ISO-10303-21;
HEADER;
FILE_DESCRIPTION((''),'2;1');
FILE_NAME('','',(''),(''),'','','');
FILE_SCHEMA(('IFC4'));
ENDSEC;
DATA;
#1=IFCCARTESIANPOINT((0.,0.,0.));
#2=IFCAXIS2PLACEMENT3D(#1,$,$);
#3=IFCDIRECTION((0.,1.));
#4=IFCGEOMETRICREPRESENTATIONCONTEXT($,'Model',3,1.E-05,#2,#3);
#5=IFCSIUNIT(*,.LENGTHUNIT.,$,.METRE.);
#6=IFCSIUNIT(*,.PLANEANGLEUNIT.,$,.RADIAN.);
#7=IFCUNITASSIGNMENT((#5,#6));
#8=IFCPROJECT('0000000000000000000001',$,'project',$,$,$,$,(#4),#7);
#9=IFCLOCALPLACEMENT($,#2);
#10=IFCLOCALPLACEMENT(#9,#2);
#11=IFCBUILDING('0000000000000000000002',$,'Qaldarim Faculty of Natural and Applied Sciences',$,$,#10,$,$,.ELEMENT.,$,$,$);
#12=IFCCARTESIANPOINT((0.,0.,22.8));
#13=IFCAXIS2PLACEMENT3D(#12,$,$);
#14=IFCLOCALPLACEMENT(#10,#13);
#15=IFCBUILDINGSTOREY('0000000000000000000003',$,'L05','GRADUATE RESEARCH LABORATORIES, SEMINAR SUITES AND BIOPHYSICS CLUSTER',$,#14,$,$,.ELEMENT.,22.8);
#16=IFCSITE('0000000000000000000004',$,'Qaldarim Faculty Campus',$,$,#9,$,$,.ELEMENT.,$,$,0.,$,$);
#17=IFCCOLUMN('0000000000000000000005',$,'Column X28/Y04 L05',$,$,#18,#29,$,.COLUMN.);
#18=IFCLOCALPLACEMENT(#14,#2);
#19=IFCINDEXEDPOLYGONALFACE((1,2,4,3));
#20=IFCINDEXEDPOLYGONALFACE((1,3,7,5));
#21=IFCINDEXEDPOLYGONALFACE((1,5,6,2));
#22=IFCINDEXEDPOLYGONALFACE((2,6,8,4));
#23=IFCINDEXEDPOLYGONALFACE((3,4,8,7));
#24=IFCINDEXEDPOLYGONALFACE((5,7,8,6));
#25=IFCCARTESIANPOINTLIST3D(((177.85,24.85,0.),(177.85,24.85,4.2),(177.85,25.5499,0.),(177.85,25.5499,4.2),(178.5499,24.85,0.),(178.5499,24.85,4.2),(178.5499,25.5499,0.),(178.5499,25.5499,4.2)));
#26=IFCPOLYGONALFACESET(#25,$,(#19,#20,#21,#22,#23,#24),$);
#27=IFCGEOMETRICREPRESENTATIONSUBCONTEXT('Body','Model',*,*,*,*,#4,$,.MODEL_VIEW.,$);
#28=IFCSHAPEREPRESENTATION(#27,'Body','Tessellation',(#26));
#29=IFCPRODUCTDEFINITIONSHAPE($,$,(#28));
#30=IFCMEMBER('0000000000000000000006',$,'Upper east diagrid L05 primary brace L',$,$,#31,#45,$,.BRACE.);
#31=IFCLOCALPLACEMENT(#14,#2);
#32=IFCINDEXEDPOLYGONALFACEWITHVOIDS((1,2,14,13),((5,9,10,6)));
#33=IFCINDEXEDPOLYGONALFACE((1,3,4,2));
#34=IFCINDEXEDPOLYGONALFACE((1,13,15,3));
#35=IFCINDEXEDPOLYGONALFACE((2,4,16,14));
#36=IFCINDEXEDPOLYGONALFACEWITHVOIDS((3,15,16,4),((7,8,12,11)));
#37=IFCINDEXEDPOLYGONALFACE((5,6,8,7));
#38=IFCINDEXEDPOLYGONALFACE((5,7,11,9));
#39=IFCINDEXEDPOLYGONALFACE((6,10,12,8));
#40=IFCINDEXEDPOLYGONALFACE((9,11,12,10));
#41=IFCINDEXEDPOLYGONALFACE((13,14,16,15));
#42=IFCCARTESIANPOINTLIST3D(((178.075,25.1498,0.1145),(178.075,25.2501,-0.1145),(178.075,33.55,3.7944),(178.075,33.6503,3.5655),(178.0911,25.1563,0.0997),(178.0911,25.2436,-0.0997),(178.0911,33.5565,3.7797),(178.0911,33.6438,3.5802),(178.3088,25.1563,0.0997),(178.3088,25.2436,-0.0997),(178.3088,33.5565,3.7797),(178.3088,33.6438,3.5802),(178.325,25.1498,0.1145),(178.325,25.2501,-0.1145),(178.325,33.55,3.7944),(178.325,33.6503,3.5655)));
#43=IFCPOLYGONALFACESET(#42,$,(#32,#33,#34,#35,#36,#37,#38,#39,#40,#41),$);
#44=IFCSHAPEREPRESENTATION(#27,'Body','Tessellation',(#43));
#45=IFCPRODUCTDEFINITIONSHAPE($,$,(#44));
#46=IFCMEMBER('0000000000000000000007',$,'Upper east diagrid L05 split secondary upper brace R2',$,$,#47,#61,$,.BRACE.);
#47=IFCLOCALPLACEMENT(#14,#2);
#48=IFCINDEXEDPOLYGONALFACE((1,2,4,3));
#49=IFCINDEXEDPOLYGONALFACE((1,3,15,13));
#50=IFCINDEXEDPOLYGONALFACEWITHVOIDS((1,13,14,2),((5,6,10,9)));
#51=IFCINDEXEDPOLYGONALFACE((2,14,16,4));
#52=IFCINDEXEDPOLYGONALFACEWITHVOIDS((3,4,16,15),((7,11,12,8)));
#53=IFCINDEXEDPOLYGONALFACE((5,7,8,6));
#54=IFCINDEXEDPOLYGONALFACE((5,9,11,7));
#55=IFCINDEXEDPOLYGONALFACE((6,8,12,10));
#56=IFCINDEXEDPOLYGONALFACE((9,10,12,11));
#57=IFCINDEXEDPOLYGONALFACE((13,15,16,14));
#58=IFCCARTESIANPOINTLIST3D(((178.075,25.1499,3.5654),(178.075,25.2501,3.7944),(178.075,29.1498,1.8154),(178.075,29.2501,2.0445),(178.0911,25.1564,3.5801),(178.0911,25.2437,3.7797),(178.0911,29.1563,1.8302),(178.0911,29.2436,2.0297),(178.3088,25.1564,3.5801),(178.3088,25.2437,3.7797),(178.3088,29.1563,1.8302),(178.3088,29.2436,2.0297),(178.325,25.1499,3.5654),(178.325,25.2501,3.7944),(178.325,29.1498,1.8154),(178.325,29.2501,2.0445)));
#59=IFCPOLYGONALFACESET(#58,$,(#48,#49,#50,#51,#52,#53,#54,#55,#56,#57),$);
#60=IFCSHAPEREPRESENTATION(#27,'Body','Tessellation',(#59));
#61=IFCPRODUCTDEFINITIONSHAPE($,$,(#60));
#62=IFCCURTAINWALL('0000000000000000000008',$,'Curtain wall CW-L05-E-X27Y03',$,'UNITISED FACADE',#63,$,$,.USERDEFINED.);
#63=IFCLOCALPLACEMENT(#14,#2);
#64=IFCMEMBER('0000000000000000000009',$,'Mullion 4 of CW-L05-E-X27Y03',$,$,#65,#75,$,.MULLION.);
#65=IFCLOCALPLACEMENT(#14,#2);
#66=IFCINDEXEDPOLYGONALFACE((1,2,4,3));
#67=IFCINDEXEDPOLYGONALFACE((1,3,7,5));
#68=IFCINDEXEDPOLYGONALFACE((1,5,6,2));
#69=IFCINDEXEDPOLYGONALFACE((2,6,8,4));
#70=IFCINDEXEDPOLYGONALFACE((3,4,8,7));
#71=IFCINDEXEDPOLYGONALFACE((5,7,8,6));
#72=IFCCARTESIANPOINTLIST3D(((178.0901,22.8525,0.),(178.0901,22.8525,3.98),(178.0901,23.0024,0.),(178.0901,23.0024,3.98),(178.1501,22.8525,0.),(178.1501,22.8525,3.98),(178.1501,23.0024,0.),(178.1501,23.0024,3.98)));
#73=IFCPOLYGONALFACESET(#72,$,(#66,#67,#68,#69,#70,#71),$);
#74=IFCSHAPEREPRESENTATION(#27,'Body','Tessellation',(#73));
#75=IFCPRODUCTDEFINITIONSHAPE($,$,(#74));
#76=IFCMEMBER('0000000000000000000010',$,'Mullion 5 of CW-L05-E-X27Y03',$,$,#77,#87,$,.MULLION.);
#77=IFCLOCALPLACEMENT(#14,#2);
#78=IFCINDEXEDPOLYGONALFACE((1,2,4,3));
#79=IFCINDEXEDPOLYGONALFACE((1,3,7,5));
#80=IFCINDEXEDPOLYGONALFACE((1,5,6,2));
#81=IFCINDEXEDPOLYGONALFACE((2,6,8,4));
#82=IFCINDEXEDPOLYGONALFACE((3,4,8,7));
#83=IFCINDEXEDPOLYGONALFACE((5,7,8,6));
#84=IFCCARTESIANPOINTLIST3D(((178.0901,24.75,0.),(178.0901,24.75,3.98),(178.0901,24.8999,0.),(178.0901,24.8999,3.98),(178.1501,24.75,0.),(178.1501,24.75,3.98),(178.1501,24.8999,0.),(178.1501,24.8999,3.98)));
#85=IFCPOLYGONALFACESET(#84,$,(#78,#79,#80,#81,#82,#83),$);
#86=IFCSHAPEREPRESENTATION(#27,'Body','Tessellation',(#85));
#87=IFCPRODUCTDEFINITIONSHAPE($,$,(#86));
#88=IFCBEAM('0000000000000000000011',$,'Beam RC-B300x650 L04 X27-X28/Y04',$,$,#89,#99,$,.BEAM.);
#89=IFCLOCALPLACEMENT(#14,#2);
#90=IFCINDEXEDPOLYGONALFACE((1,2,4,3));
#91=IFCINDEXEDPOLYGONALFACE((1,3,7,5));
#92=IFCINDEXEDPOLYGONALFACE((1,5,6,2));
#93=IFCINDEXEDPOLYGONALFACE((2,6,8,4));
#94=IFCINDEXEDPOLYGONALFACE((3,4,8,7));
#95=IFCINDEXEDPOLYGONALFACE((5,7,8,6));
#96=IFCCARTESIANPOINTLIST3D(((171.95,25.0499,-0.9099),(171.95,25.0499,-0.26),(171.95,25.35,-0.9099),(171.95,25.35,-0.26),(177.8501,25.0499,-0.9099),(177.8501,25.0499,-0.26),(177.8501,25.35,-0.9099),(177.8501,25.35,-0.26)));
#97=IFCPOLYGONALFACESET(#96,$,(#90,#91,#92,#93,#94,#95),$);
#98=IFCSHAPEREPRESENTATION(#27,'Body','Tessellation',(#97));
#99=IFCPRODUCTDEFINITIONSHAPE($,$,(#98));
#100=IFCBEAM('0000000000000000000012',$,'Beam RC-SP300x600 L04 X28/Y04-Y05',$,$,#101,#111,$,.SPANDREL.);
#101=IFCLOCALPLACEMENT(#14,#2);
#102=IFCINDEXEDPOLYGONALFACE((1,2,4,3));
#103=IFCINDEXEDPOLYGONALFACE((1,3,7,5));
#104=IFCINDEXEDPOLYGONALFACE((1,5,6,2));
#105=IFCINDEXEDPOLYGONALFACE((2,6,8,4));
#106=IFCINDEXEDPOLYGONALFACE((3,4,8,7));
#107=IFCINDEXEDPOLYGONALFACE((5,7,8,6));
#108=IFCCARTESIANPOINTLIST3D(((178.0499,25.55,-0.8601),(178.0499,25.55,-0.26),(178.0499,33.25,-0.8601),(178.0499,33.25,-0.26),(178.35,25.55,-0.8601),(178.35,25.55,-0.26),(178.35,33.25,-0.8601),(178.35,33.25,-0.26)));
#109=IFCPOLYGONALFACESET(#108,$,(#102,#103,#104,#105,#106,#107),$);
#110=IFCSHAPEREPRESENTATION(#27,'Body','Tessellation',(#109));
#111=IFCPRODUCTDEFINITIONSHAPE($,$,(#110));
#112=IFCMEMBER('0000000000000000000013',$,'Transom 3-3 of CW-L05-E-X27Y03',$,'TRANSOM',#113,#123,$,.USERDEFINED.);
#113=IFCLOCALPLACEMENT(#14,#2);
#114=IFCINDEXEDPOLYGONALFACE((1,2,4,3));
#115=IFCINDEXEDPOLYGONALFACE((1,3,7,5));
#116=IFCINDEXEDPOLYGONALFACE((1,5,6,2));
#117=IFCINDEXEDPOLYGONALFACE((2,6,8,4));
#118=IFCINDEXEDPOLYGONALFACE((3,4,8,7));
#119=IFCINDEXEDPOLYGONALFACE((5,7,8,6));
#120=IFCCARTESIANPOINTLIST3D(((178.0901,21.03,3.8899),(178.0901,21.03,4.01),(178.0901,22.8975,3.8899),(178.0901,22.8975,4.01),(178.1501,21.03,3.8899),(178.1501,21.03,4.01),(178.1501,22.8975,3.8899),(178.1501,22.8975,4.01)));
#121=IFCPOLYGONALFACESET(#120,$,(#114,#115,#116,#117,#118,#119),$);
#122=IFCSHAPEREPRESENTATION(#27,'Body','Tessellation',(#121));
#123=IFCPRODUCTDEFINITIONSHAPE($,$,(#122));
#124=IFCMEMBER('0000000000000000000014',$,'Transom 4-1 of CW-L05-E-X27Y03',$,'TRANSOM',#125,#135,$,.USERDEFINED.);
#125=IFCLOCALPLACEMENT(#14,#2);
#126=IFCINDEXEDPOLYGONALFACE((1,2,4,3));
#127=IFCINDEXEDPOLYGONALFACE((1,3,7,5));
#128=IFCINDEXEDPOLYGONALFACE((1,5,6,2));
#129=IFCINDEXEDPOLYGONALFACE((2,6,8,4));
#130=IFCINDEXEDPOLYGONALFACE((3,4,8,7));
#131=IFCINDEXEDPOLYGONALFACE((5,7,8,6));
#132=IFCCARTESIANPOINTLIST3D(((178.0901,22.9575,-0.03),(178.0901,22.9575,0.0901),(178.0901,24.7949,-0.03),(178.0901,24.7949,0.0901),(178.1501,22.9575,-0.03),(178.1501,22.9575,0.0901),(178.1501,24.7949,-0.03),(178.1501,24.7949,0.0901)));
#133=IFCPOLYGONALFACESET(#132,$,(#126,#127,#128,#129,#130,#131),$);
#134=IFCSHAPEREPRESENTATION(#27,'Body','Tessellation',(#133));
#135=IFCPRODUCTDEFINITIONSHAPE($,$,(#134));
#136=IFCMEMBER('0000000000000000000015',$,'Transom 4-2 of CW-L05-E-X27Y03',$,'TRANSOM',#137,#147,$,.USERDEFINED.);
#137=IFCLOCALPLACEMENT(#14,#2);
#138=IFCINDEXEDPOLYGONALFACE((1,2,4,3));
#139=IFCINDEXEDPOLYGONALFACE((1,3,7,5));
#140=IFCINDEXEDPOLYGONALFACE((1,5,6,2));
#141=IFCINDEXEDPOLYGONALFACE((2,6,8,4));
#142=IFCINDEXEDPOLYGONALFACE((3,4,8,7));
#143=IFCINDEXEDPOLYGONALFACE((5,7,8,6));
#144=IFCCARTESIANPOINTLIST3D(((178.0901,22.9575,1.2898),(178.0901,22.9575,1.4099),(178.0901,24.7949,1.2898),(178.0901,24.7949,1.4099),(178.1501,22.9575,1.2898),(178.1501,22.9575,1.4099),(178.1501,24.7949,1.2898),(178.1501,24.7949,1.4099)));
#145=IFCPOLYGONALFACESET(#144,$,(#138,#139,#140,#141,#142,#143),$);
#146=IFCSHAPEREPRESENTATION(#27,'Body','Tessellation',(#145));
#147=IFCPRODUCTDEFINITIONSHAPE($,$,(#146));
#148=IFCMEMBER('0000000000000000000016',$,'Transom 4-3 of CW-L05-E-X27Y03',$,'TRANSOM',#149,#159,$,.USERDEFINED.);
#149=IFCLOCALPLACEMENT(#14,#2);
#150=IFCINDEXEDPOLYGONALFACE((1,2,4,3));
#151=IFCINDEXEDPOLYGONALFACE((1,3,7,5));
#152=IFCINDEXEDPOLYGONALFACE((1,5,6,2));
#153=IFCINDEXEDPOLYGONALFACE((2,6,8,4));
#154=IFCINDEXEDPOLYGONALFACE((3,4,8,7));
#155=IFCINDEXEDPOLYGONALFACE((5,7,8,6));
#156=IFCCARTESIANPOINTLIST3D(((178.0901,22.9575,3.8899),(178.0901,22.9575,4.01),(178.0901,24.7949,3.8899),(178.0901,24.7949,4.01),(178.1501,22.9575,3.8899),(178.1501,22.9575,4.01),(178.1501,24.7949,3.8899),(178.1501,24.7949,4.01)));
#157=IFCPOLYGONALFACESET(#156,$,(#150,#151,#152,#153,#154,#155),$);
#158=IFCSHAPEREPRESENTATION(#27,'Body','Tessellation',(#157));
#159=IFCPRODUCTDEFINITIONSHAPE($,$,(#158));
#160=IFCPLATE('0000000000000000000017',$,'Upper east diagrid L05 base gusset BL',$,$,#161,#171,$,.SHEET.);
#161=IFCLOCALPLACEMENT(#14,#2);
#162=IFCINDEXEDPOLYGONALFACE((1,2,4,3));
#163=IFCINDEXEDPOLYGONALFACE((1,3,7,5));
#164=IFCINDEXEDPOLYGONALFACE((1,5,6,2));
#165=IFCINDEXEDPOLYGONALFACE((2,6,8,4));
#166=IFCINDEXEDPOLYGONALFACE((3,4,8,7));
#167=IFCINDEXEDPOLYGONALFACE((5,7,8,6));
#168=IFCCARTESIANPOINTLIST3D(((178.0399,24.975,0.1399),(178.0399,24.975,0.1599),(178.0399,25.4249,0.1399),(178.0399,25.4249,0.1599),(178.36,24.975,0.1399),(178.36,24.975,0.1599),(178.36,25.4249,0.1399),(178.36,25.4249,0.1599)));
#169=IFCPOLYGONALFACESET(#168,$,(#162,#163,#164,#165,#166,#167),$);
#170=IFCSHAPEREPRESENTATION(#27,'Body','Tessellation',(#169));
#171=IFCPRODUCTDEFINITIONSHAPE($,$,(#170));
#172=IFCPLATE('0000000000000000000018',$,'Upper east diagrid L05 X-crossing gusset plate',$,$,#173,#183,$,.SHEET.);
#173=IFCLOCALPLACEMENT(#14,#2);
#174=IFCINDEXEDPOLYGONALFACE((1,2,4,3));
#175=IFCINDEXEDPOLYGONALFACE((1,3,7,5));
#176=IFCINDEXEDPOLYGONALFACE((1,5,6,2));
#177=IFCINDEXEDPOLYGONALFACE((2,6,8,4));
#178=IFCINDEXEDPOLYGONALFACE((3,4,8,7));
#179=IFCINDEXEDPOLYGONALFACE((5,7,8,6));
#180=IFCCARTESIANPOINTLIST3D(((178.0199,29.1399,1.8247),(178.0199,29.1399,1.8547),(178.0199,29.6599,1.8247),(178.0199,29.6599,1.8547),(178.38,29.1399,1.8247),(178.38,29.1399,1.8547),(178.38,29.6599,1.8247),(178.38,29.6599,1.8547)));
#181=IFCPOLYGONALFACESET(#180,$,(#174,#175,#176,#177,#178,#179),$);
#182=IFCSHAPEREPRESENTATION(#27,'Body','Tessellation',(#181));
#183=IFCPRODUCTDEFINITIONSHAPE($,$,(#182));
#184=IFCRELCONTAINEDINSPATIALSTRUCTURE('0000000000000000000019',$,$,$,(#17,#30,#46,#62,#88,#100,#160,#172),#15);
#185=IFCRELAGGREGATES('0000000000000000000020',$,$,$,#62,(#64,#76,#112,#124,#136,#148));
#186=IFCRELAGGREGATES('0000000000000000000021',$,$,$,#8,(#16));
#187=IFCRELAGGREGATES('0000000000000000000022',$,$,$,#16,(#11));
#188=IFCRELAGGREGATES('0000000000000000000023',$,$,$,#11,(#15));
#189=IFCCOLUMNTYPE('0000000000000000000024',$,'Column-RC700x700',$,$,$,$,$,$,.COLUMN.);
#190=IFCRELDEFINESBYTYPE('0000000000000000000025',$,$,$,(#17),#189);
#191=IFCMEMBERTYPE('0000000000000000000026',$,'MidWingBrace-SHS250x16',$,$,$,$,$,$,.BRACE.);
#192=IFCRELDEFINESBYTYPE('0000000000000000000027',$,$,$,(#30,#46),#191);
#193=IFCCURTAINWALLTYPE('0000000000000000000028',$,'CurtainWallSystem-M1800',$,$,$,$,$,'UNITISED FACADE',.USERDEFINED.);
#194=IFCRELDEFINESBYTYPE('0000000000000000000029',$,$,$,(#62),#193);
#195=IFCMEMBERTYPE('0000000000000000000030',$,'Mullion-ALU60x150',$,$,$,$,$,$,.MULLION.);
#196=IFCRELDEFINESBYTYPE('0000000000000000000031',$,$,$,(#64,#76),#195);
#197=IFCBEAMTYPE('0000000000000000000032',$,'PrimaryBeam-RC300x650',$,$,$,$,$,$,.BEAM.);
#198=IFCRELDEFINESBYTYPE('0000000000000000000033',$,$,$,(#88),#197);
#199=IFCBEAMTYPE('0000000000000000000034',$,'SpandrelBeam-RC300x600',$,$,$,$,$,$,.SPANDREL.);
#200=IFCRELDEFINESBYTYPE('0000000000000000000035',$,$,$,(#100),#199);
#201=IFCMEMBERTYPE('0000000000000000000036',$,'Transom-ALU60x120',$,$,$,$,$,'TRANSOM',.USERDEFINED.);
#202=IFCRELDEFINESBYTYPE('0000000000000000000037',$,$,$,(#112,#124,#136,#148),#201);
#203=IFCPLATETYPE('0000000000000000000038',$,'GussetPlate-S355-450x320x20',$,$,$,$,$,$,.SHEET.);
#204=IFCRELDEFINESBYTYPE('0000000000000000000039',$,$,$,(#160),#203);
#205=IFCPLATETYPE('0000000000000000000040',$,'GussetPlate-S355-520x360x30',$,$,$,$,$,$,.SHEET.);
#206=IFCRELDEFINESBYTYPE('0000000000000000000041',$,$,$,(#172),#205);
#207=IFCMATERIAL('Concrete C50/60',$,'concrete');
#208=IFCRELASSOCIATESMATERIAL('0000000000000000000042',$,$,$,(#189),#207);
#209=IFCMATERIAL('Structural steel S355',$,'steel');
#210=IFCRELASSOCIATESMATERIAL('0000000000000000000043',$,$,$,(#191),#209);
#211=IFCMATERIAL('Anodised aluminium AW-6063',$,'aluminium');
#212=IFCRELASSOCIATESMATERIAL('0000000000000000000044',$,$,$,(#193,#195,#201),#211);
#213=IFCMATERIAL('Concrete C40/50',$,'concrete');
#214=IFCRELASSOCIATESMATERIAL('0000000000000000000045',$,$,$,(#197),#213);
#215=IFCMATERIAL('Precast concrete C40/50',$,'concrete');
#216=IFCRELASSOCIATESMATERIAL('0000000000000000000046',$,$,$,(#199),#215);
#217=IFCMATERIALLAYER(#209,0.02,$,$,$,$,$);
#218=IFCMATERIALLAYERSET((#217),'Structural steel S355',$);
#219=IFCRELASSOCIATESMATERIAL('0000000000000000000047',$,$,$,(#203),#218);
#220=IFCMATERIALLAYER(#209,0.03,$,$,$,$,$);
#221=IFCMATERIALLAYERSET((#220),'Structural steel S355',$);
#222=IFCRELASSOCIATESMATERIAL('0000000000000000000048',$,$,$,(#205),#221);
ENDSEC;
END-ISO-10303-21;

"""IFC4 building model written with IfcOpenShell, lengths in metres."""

from ifc_helpers import new_model, si_unit, direction, frame, origin, origin_2d, place, context, subcontext, project, spatial, rectangle, hollow_rectangle, extrude, material, layer, layer_set, material_profile, profile_set, type_object, element, aggregate, save


model = new_model("IFC4")

# Units and contexts
model_context = context("Model", 3, precision=1e-05, world=origin(), true_north=direction((0.0, 1.0)))
body_context = subcontext(model_context, "Body", "Model", "MODEL_VIEW")
ifc_project = project(units=[si_unit("LENGTHUNIT", "METRE"), si_unit("PLANEANGLEUNIT", "RADIAN")], contexts=[model_context])

# Site, building, storey
site_placement = place(None, origin())
site = spatial("IfcSite", under=ifc_project, at=site_placement, Name="Qaldarim Faculty Campus", CompositionType="ELEMENT", RefElevation=0.0)
building_placement = place(site_placement, origin())
building = spatial("IfcBuilding", under=site, at=building_placement, Name="Qaldarim Faculty of Natural and Applied Sciences", CompositionType="ELEMENT")
storey_placement = place(building_placement, frame((0.0, 0.0, 22.8)))
storey = spatial("IfcBuildingStorey", under=building, at=storey_placement, Name="L05", Description="GRADUATE RESEARCH LABORATORIES, SEMINAR SUITES AND BIOPHYSICS CLUSTER", CompositionType="ELEMENT", Elevation=22.8)

# Column
ifc_material_1 = material(Name="Concrete C50/60", Category="concrete")
ifc_material_profile_1 = material_profile(ifc_material_1, rectangle(XDim=0.7, YDim=0.7, at=origin_2d()), Name="RC-C700x700")
ifc_profile_set_1 = profile_set([ifc_material_profile_1], Name="Concrete C50/60")
column_type = type_object("IfcColumnType", Name="Column-RC700x700", PredefinedType="COLUMN", material=ifc_profile_set_1)
column_placement = place(storey_placement, frame((178.2, 25.2, 0.0), z_axis=(0.0, 0.0, 1.0), x_axis=(1.0, 0.0, 0.0)))
element("IfcColumn", 1, at=column_placement, inside=storey, type_object=column_type, Name="Column X28/Y04 L05", PredefinedType="COLUMN", context=body_context, shape_type="SweptSolid", body=[
    extrude(rectangle(XDim=0.7, YDim=0.7, at=origin_2d()), origin(), (0.0, 0.0, 1.0), 4.2),
])

# Members
ifc_material_2 = material(Name="Structural steel S355", Category="steel")
ifc_material_profile_2 = material_profile(ifc_material_2, hollow_rectangle(XDim=0.25, YDim=0.25, WallThickness=0.0161, at=origin_2d()), Name="SHS 250x250x16.0")
ifc_profile_set_2 = profile_set([ifc_material_profile_2], Name="Structural steel S355")
member_type_1 = type_object("IfcMemberType", Name="MidWingBrace-SHS250x16", PredefinedType="BRACE", material=ifc_profile_set_2)
member_1_placement = place(storey_placement, frame((178.2, 25.2, 0.0), z_axis=(0.0, 0.915962, 0.401264), x_axis=(-1.0, 0.0, 0.0)))
element("IfcMember", 2, at=member_1_placement, inside=storey, type_object=member_type_1, Name="Upper east diagrid L05 primary brace L", PredefinedType="BRACE", context=body_context, shape_type="SweptSolid", body=[
    extrude(hollow_rectangle(XDim=0.25, YDim=0.25, WallThickness=0.0161, at=origin_2d()), origin(), (0.0, 0.0, 1.0), 9.1709),
])
member_2_placement = place(storey_placement, frame((178.2, 29.2, 1.9299), z_axis=(0.0, -0.916157, 0.400819), x_axis=(1.0, 0.0, 0.0)))
element("IfcMember", 3, at=member_2_placement, inside=storey, type_object=member_type_1, Name="Upper east diagrid L05 split secondary upper brace R2", PredefinedType="BRACE", context=body_context, shape_type="SweptSolid", body=[
    extrude(hollow_rectangle(XDim=0.25, YDim=0.25, WallThickness=0.0161, at=origin_2d()), origin(), (0.0, 0.0, 1.0), 4.366),
])

# Curtain wall, members
ifc_material_3 = material(Name="Anodised aluminium AW-6063", Category="aluminium")
curtain_wall_type = type_object("IfcCurtainWallType", Name="CurtainWallSystem-M1800", ElementType="UNITISED FACADE", PredefinedType="USERDEFINED", material=ifc_material_3)
curtain_wall_placement = place(storey_placement, origin())
curtain_wall = element("IfcCurtainWall", 4, at=curtain_wall_placement, inside=storey, type_object=curtain_wall_type, Name="Curtain wall CW-L05-E-X27Y03", ObjectType="UNITISED FACADE", PredefinedType="USERDEFINED")
ifc_material_profile_3 = material_profile(ifc_material_3, rectangle(XDim=0.0601, YDim=0.1499, at=origin_2d()), Name="ALU-M60x150")
ifc_profile_set_3 = profile_set([ifc_material_profile_3], Name="Anodised aluminium AW-6063")
member_type_2 = type_object("IfcMemberType", Name="Mullion-ALU60x150", PredefinedType="MULLION", material=ifc_profile_set_3)
member_3_placement = place(storey_placement, frame((178.1201, 22.9275, 0.0), z_axis=(0.0, 0.0, 1.0), x_axis=(-1.0, 0.0, 0.0)))
member_3 = element("IfcMember", 5, at=member_3_placement, type_object=member_type_2, Name="Mullion 4 of CW-L05-E-X27Y03", PredefinedType="MULLION", context=body_context, shape_type="SweptSolid", body=[
    extrude(rectangle(XDim=0.0601, YDim=0.1499, at=origin_2d()), origin(), (0.0, 0.0, 1.0), 3.98),
])
member_4_placement = place(storey_placement, frame((178.1201, 24.825, 0.0), z_axis=(0.0, 0.0, 1.0), x_axis=(-1.0, 0.0, 0.0)))
member_4 = element("IfcMember", 6, at=member_4_placement, type_object=member_type_2, Name="Mullion 5 of CW-L05-E-X27Y03", PredefinedType="MULLION", context=body_context, shape_type="SweptSolid", body=[
    extrude(rectangle(XDim=0.0601, YDim=0.1499, at=origin_2d()), origin(), (0.0, 0.0, 1.0), 3.98),
])

# Beams
ifc_material_4 = material(Name="Concrete C40/50", Category="concrete")
ifc_material_profile_4 = material_profile(ifc_material_4, rectangle(XDim=0.3, YDim=0.6499, at=origin_2d()), Name="RC-B300x650")
ifc_profile_set_4 = profile_set([ifc_material_profile_4], Name="Concrete C40/50")
beam_type_1 = type_object("IfcBeamType", Name="PrimaryBeam-RC300x650", PredefinedType="BEAM", material=ifc_profile_set_4)
beam_1_placement = place(storey_placement, frame((171.95, 25.2, -0.585), z_axis=(1.0, 0.0, 0.0), x_axis=(0.0, 1.0, 0.0)))
element("IfcBeam", 7, at=beam_1_placement, inside=storey, type_object=beam_type_1, Name="Beam RC-B300x650 L04 X27-X28/Y04", PredefinedType="BEAM", context=body_context, shape_type="SweptSolid", body=[
    extrude(rectangle(XDim=0.3, YDim=0.6499, at=origin_2d()), origin(), (0.0, 0.0, 1.0), 5.9001),
])
ifc_material_5 = material(Name="Precast concrete C40/50", Category="concrete")
ifc_material_profile_5 = material_profile(ifc_material_5, rectangle(XDim=0.3, YDim=0.6001, at=origin_2d()), Name="RC-SP300x600")
ifc_profile_set_5 = profile_set([ifc_material_profile_5], Name="Precast concrete C40/50")
beam_type_2 = type_object("IfcBeamType", Name="SpandrelBeam-RC300x600", PredefinedType="SPANDREL", material=ifc_profile_set_5)
beam_2_placement = place(storey_placement, frame((178.2, 25.55, -0.5601), z_axis=(0.0, 1.0, 0.0), x_axis=(-1.0, 0.0, 0.0)))
element("IfcBeam", 8, at=beam_2_placement, inside=storey, type_object=beam_type_2, Name="Beam RC-SP300x600 L04 X28/Y04-Y05", PredefinedType="SPANDREL", context=body_context, shape_type="SweptSolid", body=[
    extrude(rectangle(XDim=0.3, YDim=0.6001, at=origin_2d()), origin(), (0.0, 0.0, 1.0), 7.7),
])

# Members
ifc_material_profile_6 = material_profile(ifc_material_3, rectangle(XDim=0.0601, YDim=0.1201, at=origin_2d()), Name="ALU-T60x120")
ifc_profile_set_6 = profile_set([ifc_material_profile_6], Name="Anodised aluminium AW-6063")
member_type_3 = type_object("IfcMemberType", Name="Transom-ALU60x120", ElementType="TRANSOM", PredefinedType="USERDEFINED", material=ifc_profile_set_6)
member_5_placement = place(storey_placement, frame((178.1201, 21.03, 3.95), z_axis=(0.0, 1.0, 0.0), x_axis=(-1.0, 0.0, 0.0)))
member_5 = element("IfcMember", 9, at=member_5_placement, type_object=member_type_3, Name="Transom 3-3 of CW-L05-E-X27Y03", ObjectType="TRANSOM", PredefinedType="USERDEFINED", context=body_context, shape_type="SweptSolid", body=[
    extrude(rectangle(XDim=0.0601, YDim=0.1201, at=origin_2d()), origin(), (0.0, 0.0, 1.0), 1.8674),
])
member_6_placement = place(storey_placement, frame((178.1201, 22.9575, 0.03), z_axis=(0.0, 1.0, 0.0), x_axis=(-1.0, 0.0, 0.0)))
member_6 = element("IfcMember", 10, at=member_6_placement, type_object=member_type_3, Name="Transom 4-1 of CW-L05-E-X27Y03", ObjectType="TRANSOM", PredefinedType="USERDEFINED", context=body_context, shape_type="SweptSolid", body=[
    extrude(rectangle(XDim=0.0601, YDim=0.1201, at=origin_2d()), origin(), (0.0, 0.0, 1.0), 1.8374),
])
member_7_placement = place(storey_placement, frame((178.1201, 22.9575, 1.3499), z_axis=(0.0, 1.0, 0.0), x_axis=(-1.0, 0.0, 0.0)))
member_7 = element("IfcMember", 11, at=member_7_placement, type_object=member_type_3, Name="Transom 4-2 of CW-L05-E-X27Y03", ObjectType="TRANSOM", PredefinedType="USERDEFINED", context=body_context, shape_type="SweptSolid", body=[
    extrude(rectangle(XDim=0.0601, YDim=0.1201, at=origin_2d()), origin(), (0.0, 0.0, 1.0), 1.8374),
])
member_8_placement = place(storey_placement, frame((178.1201, 22.9575, 3.95), z_axis=(0.0, 1.0, 0.0), x_axis=(-1.0, 0.0, 0.0)))
member_8 = element("IfcMember", 12, at=member_8_placement, type_object=member_type_3, Name="Transom 4-3 of CW-L05-E-X27Y03", ObjectType="TRANSOM", PredefinedType="USERDEFINED", context=body_context, shape_type="SweptSolid", body=[
    extrude(rectangle(XDim=0.0601, YDim=0.1201, at=origin_2d()), origin(), (0.0, 0.0, 1.0), 1.8374),
])

# Plates
ifc_layer_1 = layer(ifc_material_2, 0.02)
ifc_layer_set_1 = layer_set([ifc_layer_1], Name="Structural steel S355")
plate_type_1 = type_object("IfcPlateType", Name="GussetPlate-S355-450x320x20", PredefinedType="SHEET", material=ifc_layer_set_1)
plate_1_placement = place(storey_placement, frame((178.2, 25.2, 0.1399), z_axis=(0.0, 0.0, 1.0), x_axis=(0.0, 1.0, 0.0)))
element("IfcPlate", 13, at=plate_1_placement, inside=storey, type_object=plate_type_1, Name="Upper east diagrid L05 base gusset BL", PredefinedType="SHEET", context=body_context, shape_type="SweptSolid", body=[
    extrude(rectangle(XDim=0.45, YDim=0.3201, at=origin_2d()), origin(), (0.0, 0.0, 1.0), 0.02),
])
ifc_layer_2 = layer(ifc_material_2, 0.03)
ifc_layer_set_2 = layer_set([ifc_layer_2], Name="Structural steel S355")
plate_type_2 = type_object("IfcPlateType", Name="GussetPlate-S355-520x360x30", PredefinedType="SHEET", material=ifc_layer_set_2)
plate_2_placement = place(storey_placement, frame((178.2, 29.3999, 1.8247), z_axis=(0.0, 0.0, 1.0), x_axis=(0.0, 1.0, 0.0)))
element("IfcPlate", 14, at=plate_2_placement, inside=storey, type_object=plate_type_2, Name="Upper east diagrid L05 X-crossing gusset plate", PredefinedType="SHEET", context=body_context, shape_type="SweptSolid", body=[
    extrude(rectangle(XDim=0.52, YDim=0.3601, at=origin_2d()), origin(), (0.0, 0.0, 1.0), 0.03),
])

aggregate(curtain_wall, [member_3, member_4, member_5, member_6, member_7, member_8])

save(model, "model.ifc")
